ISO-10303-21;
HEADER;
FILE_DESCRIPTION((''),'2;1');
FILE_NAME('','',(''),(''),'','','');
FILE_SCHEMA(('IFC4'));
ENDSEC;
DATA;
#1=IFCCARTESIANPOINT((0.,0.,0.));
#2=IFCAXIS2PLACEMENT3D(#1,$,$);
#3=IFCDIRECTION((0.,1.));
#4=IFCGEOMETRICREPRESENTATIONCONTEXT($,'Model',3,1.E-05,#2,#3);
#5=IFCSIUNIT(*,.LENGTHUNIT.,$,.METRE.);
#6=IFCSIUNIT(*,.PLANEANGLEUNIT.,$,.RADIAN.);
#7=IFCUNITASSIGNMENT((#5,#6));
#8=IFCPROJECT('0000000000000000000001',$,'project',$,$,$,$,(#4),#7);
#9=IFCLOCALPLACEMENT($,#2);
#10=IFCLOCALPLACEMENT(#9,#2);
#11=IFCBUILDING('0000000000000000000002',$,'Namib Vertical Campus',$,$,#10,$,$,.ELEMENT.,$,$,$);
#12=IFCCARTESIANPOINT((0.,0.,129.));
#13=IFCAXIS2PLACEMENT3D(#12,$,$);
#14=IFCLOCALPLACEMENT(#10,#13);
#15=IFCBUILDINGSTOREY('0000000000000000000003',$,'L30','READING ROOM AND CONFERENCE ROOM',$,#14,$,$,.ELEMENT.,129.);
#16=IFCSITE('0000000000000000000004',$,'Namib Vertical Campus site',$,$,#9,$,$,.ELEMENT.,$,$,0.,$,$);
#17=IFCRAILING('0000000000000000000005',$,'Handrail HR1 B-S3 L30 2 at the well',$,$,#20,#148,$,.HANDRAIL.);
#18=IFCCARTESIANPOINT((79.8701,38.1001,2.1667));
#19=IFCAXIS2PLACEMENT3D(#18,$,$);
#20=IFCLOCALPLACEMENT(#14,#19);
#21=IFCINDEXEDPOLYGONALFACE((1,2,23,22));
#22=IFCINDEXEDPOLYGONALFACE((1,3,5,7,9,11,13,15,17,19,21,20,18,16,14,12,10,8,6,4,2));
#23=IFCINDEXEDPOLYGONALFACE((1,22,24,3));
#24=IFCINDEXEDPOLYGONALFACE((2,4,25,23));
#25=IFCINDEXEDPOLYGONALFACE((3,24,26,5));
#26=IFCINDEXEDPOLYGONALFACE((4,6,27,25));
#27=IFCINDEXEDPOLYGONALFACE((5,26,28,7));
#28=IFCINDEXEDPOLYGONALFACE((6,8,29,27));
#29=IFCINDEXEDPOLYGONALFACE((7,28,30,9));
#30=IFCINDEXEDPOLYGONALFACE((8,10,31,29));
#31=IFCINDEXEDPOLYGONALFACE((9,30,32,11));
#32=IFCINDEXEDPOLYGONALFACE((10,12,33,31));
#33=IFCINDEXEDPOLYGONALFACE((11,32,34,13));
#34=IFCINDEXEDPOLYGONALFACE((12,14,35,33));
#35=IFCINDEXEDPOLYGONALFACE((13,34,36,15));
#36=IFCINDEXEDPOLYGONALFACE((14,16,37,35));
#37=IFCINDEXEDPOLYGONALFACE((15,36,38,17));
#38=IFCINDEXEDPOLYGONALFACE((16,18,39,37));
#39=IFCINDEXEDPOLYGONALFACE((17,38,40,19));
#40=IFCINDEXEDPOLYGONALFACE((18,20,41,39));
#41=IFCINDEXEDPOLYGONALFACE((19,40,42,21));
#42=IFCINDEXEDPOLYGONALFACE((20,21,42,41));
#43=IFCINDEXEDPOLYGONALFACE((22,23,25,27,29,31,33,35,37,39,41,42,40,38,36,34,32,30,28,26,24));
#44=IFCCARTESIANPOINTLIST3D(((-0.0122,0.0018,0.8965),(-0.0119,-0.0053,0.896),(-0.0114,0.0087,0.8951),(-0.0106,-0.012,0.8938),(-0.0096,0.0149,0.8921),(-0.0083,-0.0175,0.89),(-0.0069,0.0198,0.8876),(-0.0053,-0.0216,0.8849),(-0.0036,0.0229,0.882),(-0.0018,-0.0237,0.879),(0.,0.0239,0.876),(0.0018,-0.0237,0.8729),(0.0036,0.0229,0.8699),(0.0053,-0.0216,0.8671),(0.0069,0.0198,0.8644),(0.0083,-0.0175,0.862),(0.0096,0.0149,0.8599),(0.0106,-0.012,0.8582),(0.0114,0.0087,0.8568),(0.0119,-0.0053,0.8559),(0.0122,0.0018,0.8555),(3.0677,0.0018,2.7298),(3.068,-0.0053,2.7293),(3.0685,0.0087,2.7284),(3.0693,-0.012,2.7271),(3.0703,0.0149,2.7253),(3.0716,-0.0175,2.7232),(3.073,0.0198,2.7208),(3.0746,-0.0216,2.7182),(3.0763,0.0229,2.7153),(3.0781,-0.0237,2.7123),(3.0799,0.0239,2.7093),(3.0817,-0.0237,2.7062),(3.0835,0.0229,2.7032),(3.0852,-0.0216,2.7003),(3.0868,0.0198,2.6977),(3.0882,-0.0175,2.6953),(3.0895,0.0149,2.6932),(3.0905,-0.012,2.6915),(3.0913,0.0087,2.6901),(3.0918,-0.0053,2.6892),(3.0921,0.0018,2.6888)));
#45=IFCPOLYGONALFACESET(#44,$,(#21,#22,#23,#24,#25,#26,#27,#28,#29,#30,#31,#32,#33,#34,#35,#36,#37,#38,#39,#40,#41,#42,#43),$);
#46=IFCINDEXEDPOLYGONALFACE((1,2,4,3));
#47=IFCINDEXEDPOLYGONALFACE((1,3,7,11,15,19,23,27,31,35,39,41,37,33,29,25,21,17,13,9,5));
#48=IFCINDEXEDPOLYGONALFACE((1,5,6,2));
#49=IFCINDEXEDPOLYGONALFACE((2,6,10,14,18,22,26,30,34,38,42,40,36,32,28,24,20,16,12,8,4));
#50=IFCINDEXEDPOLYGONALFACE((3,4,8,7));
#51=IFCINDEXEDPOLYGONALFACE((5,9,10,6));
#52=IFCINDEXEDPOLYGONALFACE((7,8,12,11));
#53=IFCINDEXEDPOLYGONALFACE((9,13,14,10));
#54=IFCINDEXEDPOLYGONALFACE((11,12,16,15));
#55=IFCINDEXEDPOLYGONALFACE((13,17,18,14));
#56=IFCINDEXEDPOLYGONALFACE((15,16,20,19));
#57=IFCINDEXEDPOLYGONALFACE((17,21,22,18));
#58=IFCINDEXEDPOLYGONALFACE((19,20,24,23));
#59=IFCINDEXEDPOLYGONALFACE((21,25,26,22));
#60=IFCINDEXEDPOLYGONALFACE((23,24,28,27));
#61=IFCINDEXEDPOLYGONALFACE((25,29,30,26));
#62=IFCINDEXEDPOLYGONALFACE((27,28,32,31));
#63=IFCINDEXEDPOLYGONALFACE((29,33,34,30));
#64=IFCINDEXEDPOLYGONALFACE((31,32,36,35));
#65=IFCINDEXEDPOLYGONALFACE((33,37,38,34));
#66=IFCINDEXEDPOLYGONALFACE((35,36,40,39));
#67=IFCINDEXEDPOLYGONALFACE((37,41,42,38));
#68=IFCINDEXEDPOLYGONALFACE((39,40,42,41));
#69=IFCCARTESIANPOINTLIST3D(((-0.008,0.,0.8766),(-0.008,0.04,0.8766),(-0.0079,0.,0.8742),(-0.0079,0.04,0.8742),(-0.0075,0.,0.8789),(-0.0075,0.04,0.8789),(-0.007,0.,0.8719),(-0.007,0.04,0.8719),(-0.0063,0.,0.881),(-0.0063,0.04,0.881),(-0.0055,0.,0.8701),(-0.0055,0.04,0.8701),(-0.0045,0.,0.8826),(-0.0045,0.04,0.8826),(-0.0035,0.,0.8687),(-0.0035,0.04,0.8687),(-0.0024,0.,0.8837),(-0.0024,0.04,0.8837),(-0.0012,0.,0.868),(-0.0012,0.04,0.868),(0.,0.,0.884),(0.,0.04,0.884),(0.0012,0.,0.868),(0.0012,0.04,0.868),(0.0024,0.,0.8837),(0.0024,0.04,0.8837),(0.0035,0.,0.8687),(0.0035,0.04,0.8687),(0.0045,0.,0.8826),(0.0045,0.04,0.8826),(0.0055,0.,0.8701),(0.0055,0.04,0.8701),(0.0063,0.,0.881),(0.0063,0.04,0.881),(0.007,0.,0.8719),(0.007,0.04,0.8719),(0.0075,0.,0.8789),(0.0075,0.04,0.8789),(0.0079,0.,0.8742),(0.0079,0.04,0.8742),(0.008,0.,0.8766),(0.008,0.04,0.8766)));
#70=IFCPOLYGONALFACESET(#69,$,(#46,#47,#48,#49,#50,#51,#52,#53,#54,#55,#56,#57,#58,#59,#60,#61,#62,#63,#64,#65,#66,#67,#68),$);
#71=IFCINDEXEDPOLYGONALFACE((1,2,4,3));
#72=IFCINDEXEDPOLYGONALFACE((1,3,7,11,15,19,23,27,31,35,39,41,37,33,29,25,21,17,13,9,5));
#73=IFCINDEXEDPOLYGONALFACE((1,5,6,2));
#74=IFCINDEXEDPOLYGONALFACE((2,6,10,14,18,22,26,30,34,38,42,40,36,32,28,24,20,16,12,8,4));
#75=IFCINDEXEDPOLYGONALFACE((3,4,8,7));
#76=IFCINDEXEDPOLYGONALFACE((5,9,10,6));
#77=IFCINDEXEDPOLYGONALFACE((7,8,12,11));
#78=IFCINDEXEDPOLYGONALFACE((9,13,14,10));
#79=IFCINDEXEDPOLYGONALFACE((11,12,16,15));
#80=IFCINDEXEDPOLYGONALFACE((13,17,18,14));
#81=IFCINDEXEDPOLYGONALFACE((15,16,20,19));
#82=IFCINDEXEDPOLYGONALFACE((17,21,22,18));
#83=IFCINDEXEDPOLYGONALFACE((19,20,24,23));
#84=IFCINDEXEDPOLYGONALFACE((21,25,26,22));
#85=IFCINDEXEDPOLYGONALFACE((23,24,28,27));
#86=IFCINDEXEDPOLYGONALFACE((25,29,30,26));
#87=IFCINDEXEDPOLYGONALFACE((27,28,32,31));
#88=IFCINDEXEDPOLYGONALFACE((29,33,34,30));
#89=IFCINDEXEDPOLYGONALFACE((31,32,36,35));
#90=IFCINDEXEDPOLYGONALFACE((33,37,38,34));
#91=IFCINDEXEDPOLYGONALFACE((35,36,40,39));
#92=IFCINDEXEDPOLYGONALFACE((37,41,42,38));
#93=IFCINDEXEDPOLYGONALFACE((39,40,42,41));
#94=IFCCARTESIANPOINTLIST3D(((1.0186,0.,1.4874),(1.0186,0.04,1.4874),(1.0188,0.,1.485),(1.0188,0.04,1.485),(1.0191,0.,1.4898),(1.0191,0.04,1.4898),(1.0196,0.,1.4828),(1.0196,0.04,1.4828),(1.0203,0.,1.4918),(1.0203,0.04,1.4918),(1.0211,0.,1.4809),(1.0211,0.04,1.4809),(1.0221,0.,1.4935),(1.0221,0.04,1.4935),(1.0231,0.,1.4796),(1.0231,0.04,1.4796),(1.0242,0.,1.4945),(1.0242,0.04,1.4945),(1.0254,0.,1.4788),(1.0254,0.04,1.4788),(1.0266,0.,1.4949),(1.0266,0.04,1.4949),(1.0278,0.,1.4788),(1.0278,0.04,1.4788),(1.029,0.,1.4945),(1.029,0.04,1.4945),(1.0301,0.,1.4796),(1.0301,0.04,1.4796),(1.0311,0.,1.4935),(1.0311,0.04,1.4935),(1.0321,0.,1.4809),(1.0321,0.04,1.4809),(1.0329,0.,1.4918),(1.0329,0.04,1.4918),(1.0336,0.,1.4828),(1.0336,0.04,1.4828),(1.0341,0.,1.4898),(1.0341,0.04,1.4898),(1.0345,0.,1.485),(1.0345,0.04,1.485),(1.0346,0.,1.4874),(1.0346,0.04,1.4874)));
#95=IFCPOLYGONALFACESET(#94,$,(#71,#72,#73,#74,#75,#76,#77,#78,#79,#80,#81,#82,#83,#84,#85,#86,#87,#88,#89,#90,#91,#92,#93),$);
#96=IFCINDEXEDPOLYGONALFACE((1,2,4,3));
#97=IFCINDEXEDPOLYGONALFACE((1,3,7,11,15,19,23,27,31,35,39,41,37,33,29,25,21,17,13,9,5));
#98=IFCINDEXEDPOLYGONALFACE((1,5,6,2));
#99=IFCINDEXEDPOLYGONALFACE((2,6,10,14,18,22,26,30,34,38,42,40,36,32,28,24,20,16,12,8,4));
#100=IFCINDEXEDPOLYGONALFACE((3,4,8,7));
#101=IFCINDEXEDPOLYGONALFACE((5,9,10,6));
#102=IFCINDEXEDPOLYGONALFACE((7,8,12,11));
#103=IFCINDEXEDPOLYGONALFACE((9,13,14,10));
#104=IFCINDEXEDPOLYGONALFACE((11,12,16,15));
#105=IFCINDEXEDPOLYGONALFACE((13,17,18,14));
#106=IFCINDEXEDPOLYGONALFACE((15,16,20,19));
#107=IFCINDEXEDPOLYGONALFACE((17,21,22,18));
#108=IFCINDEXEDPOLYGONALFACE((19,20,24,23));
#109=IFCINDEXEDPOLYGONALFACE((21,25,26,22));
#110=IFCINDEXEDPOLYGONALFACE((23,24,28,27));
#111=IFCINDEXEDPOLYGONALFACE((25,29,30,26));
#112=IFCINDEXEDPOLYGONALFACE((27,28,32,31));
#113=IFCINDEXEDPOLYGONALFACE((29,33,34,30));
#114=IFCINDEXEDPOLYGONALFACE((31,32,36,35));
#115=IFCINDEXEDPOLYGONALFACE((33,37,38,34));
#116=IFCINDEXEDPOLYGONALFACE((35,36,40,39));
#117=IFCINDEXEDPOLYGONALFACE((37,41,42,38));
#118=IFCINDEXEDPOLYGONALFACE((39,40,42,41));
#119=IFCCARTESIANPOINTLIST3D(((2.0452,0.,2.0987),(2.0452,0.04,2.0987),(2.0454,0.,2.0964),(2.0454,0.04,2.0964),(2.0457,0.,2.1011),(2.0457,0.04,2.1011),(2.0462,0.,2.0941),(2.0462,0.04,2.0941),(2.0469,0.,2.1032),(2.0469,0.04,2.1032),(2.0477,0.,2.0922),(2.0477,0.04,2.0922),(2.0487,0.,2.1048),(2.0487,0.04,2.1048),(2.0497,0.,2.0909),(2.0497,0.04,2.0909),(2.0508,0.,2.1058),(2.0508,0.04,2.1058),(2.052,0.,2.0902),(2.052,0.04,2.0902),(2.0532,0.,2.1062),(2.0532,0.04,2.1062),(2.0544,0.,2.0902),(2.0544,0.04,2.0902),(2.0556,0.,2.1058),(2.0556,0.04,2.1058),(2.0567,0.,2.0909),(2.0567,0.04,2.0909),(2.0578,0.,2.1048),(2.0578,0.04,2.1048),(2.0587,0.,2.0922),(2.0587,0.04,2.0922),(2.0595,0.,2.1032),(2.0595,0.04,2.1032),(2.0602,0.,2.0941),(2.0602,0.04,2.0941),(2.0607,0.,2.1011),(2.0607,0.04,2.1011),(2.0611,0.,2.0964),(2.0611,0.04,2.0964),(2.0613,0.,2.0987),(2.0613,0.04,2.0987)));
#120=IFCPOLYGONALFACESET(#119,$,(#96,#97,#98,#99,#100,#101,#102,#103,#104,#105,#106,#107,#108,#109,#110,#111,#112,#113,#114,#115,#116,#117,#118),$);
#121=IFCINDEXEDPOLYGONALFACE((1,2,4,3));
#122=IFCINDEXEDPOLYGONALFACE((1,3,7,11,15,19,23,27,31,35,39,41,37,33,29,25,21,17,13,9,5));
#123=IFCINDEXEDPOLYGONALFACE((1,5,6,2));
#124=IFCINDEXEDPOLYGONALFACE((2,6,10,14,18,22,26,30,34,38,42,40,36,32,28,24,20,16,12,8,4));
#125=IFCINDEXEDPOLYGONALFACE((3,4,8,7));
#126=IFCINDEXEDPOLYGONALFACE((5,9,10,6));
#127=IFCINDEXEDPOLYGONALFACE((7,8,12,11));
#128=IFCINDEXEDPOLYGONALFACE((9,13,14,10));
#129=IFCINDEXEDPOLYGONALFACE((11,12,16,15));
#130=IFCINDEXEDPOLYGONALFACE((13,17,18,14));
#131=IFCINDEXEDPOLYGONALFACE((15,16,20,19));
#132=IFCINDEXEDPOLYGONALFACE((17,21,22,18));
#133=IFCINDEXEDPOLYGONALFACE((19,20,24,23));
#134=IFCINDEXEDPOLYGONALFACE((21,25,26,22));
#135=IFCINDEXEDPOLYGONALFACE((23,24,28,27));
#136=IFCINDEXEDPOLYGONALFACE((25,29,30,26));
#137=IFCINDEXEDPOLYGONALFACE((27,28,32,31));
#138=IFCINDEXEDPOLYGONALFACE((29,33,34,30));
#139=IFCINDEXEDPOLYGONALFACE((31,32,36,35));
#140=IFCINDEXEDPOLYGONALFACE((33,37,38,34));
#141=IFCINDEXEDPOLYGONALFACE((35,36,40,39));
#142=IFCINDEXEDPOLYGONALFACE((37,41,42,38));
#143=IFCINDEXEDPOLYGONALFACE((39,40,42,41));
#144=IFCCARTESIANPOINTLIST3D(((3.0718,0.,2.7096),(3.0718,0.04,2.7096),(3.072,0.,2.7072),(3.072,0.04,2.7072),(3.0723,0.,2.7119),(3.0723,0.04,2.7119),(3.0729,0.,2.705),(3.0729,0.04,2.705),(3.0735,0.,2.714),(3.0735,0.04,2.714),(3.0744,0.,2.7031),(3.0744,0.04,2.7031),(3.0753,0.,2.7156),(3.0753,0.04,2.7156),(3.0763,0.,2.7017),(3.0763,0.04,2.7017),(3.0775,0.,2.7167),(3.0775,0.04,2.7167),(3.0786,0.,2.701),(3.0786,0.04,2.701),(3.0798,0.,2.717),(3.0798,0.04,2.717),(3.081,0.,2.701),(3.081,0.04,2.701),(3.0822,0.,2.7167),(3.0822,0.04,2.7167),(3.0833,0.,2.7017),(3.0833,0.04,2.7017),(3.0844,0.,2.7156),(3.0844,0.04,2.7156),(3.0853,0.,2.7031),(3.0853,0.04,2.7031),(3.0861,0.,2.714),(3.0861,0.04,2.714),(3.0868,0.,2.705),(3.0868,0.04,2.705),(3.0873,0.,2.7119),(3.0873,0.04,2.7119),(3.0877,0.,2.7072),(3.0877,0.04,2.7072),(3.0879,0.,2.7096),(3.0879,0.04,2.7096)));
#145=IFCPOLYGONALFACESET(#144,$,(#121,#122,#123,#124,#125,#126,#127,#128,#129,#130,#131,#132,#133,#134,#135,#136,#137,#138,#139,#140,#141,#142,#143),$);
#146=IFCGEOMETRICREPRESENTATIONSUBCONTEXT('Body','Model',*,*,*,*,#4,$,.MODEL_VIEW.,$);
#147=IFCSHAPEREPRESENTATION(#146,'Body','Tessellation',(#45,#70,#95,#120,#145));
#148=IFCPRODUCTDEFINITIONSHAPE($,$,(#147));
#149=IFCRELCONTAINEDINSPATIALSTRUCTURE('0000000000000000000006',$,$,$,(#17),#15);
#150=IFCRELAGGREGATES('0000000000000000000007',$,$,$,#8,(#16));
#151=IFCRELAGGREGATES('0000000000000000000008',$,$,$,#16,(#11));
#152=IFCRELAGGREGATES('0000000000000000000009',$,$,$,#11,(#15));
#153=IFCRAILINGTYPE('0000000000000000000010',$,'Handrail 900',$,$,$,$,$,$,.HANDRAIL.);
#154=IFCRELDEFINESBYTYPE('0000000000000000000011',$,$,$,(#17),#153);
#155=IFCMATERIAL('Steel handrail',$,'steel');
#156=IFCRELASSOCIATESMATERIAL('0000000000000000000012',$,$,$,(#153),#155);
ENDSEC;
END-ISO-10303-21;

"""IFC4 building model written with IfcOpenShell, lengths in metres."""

from ifc_helpers import new_model, si_unit, direction, frame, origin, origin_2d, place, context, subcontext, project, spatial, circle, extrude, material, type_object, element, save


model = new_model("IFC4")

# Units and contexts
model_context = context("Model", 3, precision=1e-05, world=origin(), true_north=direction((0.0, 1.0)))
body_context = subcontext(model_context, "Body", "Model", "MODEL_VIEW")
ifc_project = project(units=[si_unit("LENGTHUNIT", "METRE"), si_unit("PLANEANGLEUNIT", "RADIAN")], contexts=[model_context])

# Site, building, storey
site_placement = place(None, origin())
site = spatial("IfcSite", under=ifc_project, at=site_placement, Name="Namib Vertical Campus site", CompositionType="ELEMENT", RefElevation=0.0)
building_placement = place(site_placement, origin())
building = spatial("IfcBuilding", under=site, at=building_placement, Name="Namib Vertical Campus", CompositionType="ELEMENT")
storey_placement = place(building_placement, frame((0.0, 0.0, 129.0)))
storey = spatial("IfcBuildingStorey", under=building, at=storey_placement, Name="L30", Description="READING ROOM AND CONFERENCE ROOM", CompositionType="ELEMENT", Elevation=129.0)

# Railing
ifc_material_1 = material(Name="Steel handrail", Category="steel")
railing_type_1 = type_object("IfcRailingType", Name="Handrail 900", PredefinedType="HANDRAIL", material=ifc_material_1)
railing_1_placement = place(storey_placement, frame((79.8701, 38.1001, 2.1667)))
element("IfcRailing", 1, at=railing_1_placement, inside=storey, type_object=railing_type_1, Name="Handrail HR1 B-S3 L30 2 at the well", PredefinedType="HANDRAIL", context=body_context, shape_type="SweptSolid", body=[
    extrude(circle(Radius=0.0239, at=origin_2d()), frame((0.0, 0.0, 0.876), z_axis=(0.859291, 0.0, 0.511487), x_axis=(0.0, 1.0, 0.0)), (0.0, 0.0, 1.0), 3.5842),
    extrude(circle(Radius=0.0081, at=origin_2d()), frame((0.0, 0.0, 0.876), z_axis=(0.0, 1.0, 0.0), x_axis=(0.0, 0.0, 1.0)), (0.0, 0.0, 1.0), 0.04),
    extrude(circle(Radius=0.0081, at=origin_2d()), frame((1.0266, 0.0, 1.4868), z_axis=(0.0, 1.0, 0.0), x_axis=(0.0, 0.0, 1.0)), (0.0, 0.0, 1.0), 0.04),
    extrude(circle(Radius=0.0081, at=origin_2d()), frame((2.0532, 0.0, 2.0981), z_axis=(0.0, 1.0, 0.0), x_axis=(0.0, 0.0, 1.0)), (0.0, 0.0, 1.0), 0.04),
    extrude(circle(Radius=0.0081, at=origin_2d()), frame((3.0798, 0.0, 2.709), z_axis=(0.0, 1.0, 0.0), x_axis=(0.0, 0.0, 1.0)), (0.0, 0.0, 1.0), 0.04),
])

save(model, "model.ifc")
